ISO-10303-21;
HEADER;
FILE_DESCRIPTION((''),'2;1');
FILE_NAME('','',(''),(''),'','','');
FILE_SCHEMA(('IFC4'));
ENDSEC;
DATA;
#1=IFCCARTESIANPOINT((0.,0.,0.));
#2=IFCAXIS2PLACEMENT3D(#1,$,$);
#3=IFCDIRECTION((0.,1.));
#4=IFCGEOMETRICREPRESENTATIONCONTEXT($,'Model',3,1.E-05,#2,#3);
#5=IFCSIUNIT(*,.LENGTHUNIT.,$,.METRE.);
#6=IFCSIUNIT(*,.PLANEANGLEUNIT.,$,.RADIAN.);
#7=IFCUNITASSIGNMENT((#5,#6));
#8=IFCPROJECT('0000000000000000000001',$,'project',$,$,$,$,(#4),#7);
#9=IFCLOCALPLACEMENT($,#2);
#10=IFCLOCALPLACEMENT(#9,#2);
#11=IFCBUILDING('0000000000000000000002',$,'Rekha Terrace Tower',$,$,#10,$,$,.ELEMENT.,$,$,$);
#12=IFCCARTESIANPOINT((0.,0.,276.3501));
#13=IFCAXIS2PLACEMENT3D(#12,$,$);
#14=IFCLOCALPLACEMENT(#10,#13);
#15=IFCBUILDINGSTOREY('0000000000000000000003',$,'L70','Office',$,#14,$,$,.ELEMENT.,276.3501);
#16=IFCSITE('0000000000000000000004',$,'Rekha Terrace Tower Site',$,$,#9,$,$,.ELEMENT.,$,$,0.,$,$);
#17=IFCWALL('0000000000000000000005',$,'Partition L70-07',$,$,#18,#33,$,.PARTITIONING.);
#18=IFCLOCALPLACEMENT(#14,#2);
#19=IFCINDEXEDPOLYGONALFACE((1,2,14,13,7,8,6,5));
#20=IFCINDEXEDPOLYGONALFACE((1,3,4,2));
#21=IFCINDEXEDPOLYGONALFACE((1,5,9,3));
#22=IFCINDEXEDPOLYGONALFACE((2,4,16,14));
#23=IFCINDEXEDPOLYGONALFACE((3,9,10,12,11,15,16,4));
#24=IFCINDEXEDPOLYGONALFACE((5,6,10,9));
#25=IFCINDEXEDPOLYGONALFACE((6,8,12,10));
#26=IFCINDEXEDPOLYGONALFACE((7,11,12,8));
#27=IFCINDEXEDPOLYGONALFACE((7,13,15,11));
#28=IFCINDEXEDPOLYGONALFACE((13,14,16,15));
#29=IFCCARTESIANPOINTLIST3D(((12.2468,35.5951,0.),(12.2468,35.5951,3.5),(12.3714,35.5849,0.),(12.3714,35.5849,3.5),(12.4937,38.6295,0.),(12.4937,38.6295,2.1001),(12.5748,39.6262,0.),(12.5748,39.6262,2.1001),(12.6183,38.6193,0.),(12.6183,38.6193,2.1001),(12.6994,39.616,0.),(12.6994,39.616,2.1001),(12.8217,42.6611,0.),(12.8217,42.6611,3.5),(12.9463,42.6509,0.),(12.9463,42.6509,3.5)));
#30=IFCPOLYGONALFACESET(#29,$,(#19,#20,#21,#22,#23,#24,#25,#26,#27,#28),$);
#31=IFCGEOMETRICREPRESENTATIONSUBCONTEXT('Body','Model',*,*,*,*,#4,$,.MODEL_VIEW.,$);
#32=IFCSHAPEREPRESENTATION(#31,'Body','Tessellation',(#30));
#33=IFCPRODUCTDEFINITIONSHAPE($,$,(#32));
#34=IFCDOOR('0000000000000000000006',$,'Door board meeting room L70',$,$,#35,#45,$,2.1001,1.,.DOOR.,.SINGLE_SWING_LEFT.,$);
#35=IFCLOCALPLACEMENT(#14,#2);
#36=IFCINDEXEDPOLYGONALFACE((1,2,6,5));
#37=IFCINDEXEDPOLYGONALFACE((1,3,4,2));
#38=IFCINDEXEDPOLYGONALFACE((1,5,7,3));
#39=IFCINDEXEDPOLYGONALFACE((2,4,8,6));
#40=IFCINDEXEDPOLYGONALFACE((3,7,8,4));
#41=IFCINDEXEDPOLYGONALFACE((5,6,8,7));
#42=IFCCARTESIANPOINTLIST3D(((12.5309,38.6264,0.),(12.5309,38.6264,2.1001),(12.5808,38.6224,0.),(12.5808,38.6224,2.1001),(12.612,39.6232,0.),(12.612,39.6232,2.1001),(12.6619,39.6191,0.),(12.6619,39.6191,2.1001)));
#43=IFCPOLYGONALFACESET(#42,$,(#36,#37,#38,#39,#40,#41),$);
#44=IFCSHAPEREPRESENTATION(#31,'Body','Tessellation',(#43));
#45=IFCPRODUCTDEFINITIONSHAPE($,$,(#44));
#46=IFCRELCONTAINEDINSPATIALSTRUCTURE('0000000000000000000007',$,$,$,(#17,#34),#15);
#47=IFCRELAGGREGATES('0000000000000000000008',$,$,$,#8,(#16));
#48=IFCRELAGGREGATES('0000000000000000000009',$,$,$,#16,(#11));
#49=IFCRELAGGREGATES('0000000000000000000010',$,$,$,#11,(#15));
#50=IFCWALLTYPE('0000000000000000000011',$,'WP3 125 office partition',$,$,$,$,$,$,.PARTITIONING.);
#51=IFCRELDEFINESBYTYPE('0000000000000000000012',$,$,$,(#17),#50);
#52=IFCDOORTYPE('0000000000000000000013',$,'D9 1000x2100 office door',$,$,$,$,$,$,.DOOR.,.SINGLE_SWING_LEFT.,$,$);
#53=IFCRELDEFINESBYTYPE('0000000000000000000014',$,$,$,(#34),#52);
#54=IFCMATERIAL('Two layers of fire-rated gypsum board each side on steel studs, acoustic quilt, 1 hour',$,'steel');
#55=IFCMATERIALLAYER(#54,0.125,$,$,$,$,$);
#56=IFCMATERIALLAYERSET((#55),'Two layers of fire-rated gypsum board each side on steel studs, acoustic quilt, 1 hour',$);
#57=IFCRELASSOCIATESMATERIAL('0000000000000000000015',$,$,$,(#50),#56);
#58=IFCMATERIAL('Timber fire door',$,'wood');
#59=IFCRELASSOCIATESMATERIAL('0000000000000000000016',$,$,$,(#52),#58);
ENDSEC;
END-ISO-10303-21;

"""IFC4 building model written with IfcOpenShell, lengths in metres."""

from ifc_helpers import new_model, si_unit, direction, frame, frame_2d, origin, place, context, subcontext, project, spatial, rectangle, extrude, material, layer, layer_set, type_object, element, fill, save


model = new_model("IFC4")

# Units and contexts
model_context = context("Model", 3, precision=1e-05, world=origin(), true_north=direction((0.0, 1.0)))
body_context = subcontext(model_context, "Body", "Model", "MODEL_VIEW")
ifc_project = project(units=[si_unit("LENGTHUNIT", "METRE"), si_unit("PLANEANGLEUNIT", "RADIAN")], contexts=[model_context])

# Site, building, storey
site_placement = place(None, origin())
site = spatial("IfcSite", under=ifc_project, at=site_placement, Name="Rekha Terrace Tower Site", CompositionType="ELEMENT", RefElevation=0.0)
building_placement = place(site_placement, origin())
building = spatial("IfcBuilding", under=site, at=building_placement, Name="Rekha Terrace Tower", CompositionType="ELEMENT")
storey_placement = place(building_placement, frame((0.0, 0.0, 276.3501)))
storey = spatial("IfcBuildingStorey", under=building, at=storey_placement, Name="L70", Description="Office", CompositionType="ELEMENT", Elevation=276.3501)

# Shared definitions
ifc_material_1 = material(Name="Two layers of fire-rated gypsum board each side on steel studs, acoustic quilt, 1 hour", Category="steel")
ifc_layer_1 = layer(ifc_material_1, 0.125)
ifc_layer_set_1 = layer_set([ifc_layer_1], Name="Two layers of fire-rated gypsum board each side on steel studs, acoustic quilt, 1 hour")
wall_type = type_object("IfcWallType", Name="WP3 125 office partition", PredefinedType="PARTITIONING", material=ifc_layer_set_1)

# Wall, opening, door
wall_1_placement = place(storey_placement, frame((12.884, 42.656, 0.0), z_axis=(0.0, 0.0, 1.0), x_axis=(-0.081102, -0.996706, 0.0)))
wall_1 = element("IfcWall", 1, at=wall_1_placement, inside=storey, type_object=wall_type, Name="Partition L70-07", PredefinedType="PARTITIONING", context=body_context, shape_type="SweptSolid", body=[
    extrude(rectangle(XDim=7.0894, YDim=0.125, at=frame_2d((3.5447, 0.0))), origin(), (0.0, 0.0, 1.0), 3.5),
])
opening_placement = place(wall_1_placement, frame((3.0449, 0.0, 0.0)))
opening = element("IfcOpeningElement", 2, at=opening_placement, cuts=wall_1, PredefinedType="OPENING", context=body_context, shape_type="SweptSolid", body=[
    extrude(rectangle(XDim=1.0, YDim=2.1001, at=frame_2d((0.5, 1.05))), frame((0.0, 0.0725, 0.0), z_axis=(0.0, -1.0, 0.0), x_axis=(1.0, 0.0, 0.0)), (0.0, 0.0, 1.0), 0.145),
])
ifc_material_2 = material(Name="Timber fire door", Category="wood")
door_type = type_object("IfcDoorType", Name="D9 1000x2100 office door", OperationType="SINGLE_SWING_LEFT", PredefinedType="DOOR", material=ifc_material_2)
door_placement = place(opening_placement, origin())
door = element("IfcDoor", 3, at=door_placement, inside=storey, type_object=door_type, Name="Door board meeting room L70", OperationType="SINGLE_SWING_LEFT", OverallHeight=2.1001, OverallWidth=1.0, PredefinedType="DOOR", context=body_context, shape_type="SweptSolid", body=[
    extrude(rectangle(XDim=1.0, YDim=2.1001, at=frame_2d((0.5, 1.05))), frame((0.0, 0.0249, 0.0), z_axis=(0.0, -1.0, 0.0), x_axis=(1.0, 0.0, 0.0)), (0.0, 0.0, 1.0), 0.05),
])
fill(opening, door)

save(model, "model.ifc")
